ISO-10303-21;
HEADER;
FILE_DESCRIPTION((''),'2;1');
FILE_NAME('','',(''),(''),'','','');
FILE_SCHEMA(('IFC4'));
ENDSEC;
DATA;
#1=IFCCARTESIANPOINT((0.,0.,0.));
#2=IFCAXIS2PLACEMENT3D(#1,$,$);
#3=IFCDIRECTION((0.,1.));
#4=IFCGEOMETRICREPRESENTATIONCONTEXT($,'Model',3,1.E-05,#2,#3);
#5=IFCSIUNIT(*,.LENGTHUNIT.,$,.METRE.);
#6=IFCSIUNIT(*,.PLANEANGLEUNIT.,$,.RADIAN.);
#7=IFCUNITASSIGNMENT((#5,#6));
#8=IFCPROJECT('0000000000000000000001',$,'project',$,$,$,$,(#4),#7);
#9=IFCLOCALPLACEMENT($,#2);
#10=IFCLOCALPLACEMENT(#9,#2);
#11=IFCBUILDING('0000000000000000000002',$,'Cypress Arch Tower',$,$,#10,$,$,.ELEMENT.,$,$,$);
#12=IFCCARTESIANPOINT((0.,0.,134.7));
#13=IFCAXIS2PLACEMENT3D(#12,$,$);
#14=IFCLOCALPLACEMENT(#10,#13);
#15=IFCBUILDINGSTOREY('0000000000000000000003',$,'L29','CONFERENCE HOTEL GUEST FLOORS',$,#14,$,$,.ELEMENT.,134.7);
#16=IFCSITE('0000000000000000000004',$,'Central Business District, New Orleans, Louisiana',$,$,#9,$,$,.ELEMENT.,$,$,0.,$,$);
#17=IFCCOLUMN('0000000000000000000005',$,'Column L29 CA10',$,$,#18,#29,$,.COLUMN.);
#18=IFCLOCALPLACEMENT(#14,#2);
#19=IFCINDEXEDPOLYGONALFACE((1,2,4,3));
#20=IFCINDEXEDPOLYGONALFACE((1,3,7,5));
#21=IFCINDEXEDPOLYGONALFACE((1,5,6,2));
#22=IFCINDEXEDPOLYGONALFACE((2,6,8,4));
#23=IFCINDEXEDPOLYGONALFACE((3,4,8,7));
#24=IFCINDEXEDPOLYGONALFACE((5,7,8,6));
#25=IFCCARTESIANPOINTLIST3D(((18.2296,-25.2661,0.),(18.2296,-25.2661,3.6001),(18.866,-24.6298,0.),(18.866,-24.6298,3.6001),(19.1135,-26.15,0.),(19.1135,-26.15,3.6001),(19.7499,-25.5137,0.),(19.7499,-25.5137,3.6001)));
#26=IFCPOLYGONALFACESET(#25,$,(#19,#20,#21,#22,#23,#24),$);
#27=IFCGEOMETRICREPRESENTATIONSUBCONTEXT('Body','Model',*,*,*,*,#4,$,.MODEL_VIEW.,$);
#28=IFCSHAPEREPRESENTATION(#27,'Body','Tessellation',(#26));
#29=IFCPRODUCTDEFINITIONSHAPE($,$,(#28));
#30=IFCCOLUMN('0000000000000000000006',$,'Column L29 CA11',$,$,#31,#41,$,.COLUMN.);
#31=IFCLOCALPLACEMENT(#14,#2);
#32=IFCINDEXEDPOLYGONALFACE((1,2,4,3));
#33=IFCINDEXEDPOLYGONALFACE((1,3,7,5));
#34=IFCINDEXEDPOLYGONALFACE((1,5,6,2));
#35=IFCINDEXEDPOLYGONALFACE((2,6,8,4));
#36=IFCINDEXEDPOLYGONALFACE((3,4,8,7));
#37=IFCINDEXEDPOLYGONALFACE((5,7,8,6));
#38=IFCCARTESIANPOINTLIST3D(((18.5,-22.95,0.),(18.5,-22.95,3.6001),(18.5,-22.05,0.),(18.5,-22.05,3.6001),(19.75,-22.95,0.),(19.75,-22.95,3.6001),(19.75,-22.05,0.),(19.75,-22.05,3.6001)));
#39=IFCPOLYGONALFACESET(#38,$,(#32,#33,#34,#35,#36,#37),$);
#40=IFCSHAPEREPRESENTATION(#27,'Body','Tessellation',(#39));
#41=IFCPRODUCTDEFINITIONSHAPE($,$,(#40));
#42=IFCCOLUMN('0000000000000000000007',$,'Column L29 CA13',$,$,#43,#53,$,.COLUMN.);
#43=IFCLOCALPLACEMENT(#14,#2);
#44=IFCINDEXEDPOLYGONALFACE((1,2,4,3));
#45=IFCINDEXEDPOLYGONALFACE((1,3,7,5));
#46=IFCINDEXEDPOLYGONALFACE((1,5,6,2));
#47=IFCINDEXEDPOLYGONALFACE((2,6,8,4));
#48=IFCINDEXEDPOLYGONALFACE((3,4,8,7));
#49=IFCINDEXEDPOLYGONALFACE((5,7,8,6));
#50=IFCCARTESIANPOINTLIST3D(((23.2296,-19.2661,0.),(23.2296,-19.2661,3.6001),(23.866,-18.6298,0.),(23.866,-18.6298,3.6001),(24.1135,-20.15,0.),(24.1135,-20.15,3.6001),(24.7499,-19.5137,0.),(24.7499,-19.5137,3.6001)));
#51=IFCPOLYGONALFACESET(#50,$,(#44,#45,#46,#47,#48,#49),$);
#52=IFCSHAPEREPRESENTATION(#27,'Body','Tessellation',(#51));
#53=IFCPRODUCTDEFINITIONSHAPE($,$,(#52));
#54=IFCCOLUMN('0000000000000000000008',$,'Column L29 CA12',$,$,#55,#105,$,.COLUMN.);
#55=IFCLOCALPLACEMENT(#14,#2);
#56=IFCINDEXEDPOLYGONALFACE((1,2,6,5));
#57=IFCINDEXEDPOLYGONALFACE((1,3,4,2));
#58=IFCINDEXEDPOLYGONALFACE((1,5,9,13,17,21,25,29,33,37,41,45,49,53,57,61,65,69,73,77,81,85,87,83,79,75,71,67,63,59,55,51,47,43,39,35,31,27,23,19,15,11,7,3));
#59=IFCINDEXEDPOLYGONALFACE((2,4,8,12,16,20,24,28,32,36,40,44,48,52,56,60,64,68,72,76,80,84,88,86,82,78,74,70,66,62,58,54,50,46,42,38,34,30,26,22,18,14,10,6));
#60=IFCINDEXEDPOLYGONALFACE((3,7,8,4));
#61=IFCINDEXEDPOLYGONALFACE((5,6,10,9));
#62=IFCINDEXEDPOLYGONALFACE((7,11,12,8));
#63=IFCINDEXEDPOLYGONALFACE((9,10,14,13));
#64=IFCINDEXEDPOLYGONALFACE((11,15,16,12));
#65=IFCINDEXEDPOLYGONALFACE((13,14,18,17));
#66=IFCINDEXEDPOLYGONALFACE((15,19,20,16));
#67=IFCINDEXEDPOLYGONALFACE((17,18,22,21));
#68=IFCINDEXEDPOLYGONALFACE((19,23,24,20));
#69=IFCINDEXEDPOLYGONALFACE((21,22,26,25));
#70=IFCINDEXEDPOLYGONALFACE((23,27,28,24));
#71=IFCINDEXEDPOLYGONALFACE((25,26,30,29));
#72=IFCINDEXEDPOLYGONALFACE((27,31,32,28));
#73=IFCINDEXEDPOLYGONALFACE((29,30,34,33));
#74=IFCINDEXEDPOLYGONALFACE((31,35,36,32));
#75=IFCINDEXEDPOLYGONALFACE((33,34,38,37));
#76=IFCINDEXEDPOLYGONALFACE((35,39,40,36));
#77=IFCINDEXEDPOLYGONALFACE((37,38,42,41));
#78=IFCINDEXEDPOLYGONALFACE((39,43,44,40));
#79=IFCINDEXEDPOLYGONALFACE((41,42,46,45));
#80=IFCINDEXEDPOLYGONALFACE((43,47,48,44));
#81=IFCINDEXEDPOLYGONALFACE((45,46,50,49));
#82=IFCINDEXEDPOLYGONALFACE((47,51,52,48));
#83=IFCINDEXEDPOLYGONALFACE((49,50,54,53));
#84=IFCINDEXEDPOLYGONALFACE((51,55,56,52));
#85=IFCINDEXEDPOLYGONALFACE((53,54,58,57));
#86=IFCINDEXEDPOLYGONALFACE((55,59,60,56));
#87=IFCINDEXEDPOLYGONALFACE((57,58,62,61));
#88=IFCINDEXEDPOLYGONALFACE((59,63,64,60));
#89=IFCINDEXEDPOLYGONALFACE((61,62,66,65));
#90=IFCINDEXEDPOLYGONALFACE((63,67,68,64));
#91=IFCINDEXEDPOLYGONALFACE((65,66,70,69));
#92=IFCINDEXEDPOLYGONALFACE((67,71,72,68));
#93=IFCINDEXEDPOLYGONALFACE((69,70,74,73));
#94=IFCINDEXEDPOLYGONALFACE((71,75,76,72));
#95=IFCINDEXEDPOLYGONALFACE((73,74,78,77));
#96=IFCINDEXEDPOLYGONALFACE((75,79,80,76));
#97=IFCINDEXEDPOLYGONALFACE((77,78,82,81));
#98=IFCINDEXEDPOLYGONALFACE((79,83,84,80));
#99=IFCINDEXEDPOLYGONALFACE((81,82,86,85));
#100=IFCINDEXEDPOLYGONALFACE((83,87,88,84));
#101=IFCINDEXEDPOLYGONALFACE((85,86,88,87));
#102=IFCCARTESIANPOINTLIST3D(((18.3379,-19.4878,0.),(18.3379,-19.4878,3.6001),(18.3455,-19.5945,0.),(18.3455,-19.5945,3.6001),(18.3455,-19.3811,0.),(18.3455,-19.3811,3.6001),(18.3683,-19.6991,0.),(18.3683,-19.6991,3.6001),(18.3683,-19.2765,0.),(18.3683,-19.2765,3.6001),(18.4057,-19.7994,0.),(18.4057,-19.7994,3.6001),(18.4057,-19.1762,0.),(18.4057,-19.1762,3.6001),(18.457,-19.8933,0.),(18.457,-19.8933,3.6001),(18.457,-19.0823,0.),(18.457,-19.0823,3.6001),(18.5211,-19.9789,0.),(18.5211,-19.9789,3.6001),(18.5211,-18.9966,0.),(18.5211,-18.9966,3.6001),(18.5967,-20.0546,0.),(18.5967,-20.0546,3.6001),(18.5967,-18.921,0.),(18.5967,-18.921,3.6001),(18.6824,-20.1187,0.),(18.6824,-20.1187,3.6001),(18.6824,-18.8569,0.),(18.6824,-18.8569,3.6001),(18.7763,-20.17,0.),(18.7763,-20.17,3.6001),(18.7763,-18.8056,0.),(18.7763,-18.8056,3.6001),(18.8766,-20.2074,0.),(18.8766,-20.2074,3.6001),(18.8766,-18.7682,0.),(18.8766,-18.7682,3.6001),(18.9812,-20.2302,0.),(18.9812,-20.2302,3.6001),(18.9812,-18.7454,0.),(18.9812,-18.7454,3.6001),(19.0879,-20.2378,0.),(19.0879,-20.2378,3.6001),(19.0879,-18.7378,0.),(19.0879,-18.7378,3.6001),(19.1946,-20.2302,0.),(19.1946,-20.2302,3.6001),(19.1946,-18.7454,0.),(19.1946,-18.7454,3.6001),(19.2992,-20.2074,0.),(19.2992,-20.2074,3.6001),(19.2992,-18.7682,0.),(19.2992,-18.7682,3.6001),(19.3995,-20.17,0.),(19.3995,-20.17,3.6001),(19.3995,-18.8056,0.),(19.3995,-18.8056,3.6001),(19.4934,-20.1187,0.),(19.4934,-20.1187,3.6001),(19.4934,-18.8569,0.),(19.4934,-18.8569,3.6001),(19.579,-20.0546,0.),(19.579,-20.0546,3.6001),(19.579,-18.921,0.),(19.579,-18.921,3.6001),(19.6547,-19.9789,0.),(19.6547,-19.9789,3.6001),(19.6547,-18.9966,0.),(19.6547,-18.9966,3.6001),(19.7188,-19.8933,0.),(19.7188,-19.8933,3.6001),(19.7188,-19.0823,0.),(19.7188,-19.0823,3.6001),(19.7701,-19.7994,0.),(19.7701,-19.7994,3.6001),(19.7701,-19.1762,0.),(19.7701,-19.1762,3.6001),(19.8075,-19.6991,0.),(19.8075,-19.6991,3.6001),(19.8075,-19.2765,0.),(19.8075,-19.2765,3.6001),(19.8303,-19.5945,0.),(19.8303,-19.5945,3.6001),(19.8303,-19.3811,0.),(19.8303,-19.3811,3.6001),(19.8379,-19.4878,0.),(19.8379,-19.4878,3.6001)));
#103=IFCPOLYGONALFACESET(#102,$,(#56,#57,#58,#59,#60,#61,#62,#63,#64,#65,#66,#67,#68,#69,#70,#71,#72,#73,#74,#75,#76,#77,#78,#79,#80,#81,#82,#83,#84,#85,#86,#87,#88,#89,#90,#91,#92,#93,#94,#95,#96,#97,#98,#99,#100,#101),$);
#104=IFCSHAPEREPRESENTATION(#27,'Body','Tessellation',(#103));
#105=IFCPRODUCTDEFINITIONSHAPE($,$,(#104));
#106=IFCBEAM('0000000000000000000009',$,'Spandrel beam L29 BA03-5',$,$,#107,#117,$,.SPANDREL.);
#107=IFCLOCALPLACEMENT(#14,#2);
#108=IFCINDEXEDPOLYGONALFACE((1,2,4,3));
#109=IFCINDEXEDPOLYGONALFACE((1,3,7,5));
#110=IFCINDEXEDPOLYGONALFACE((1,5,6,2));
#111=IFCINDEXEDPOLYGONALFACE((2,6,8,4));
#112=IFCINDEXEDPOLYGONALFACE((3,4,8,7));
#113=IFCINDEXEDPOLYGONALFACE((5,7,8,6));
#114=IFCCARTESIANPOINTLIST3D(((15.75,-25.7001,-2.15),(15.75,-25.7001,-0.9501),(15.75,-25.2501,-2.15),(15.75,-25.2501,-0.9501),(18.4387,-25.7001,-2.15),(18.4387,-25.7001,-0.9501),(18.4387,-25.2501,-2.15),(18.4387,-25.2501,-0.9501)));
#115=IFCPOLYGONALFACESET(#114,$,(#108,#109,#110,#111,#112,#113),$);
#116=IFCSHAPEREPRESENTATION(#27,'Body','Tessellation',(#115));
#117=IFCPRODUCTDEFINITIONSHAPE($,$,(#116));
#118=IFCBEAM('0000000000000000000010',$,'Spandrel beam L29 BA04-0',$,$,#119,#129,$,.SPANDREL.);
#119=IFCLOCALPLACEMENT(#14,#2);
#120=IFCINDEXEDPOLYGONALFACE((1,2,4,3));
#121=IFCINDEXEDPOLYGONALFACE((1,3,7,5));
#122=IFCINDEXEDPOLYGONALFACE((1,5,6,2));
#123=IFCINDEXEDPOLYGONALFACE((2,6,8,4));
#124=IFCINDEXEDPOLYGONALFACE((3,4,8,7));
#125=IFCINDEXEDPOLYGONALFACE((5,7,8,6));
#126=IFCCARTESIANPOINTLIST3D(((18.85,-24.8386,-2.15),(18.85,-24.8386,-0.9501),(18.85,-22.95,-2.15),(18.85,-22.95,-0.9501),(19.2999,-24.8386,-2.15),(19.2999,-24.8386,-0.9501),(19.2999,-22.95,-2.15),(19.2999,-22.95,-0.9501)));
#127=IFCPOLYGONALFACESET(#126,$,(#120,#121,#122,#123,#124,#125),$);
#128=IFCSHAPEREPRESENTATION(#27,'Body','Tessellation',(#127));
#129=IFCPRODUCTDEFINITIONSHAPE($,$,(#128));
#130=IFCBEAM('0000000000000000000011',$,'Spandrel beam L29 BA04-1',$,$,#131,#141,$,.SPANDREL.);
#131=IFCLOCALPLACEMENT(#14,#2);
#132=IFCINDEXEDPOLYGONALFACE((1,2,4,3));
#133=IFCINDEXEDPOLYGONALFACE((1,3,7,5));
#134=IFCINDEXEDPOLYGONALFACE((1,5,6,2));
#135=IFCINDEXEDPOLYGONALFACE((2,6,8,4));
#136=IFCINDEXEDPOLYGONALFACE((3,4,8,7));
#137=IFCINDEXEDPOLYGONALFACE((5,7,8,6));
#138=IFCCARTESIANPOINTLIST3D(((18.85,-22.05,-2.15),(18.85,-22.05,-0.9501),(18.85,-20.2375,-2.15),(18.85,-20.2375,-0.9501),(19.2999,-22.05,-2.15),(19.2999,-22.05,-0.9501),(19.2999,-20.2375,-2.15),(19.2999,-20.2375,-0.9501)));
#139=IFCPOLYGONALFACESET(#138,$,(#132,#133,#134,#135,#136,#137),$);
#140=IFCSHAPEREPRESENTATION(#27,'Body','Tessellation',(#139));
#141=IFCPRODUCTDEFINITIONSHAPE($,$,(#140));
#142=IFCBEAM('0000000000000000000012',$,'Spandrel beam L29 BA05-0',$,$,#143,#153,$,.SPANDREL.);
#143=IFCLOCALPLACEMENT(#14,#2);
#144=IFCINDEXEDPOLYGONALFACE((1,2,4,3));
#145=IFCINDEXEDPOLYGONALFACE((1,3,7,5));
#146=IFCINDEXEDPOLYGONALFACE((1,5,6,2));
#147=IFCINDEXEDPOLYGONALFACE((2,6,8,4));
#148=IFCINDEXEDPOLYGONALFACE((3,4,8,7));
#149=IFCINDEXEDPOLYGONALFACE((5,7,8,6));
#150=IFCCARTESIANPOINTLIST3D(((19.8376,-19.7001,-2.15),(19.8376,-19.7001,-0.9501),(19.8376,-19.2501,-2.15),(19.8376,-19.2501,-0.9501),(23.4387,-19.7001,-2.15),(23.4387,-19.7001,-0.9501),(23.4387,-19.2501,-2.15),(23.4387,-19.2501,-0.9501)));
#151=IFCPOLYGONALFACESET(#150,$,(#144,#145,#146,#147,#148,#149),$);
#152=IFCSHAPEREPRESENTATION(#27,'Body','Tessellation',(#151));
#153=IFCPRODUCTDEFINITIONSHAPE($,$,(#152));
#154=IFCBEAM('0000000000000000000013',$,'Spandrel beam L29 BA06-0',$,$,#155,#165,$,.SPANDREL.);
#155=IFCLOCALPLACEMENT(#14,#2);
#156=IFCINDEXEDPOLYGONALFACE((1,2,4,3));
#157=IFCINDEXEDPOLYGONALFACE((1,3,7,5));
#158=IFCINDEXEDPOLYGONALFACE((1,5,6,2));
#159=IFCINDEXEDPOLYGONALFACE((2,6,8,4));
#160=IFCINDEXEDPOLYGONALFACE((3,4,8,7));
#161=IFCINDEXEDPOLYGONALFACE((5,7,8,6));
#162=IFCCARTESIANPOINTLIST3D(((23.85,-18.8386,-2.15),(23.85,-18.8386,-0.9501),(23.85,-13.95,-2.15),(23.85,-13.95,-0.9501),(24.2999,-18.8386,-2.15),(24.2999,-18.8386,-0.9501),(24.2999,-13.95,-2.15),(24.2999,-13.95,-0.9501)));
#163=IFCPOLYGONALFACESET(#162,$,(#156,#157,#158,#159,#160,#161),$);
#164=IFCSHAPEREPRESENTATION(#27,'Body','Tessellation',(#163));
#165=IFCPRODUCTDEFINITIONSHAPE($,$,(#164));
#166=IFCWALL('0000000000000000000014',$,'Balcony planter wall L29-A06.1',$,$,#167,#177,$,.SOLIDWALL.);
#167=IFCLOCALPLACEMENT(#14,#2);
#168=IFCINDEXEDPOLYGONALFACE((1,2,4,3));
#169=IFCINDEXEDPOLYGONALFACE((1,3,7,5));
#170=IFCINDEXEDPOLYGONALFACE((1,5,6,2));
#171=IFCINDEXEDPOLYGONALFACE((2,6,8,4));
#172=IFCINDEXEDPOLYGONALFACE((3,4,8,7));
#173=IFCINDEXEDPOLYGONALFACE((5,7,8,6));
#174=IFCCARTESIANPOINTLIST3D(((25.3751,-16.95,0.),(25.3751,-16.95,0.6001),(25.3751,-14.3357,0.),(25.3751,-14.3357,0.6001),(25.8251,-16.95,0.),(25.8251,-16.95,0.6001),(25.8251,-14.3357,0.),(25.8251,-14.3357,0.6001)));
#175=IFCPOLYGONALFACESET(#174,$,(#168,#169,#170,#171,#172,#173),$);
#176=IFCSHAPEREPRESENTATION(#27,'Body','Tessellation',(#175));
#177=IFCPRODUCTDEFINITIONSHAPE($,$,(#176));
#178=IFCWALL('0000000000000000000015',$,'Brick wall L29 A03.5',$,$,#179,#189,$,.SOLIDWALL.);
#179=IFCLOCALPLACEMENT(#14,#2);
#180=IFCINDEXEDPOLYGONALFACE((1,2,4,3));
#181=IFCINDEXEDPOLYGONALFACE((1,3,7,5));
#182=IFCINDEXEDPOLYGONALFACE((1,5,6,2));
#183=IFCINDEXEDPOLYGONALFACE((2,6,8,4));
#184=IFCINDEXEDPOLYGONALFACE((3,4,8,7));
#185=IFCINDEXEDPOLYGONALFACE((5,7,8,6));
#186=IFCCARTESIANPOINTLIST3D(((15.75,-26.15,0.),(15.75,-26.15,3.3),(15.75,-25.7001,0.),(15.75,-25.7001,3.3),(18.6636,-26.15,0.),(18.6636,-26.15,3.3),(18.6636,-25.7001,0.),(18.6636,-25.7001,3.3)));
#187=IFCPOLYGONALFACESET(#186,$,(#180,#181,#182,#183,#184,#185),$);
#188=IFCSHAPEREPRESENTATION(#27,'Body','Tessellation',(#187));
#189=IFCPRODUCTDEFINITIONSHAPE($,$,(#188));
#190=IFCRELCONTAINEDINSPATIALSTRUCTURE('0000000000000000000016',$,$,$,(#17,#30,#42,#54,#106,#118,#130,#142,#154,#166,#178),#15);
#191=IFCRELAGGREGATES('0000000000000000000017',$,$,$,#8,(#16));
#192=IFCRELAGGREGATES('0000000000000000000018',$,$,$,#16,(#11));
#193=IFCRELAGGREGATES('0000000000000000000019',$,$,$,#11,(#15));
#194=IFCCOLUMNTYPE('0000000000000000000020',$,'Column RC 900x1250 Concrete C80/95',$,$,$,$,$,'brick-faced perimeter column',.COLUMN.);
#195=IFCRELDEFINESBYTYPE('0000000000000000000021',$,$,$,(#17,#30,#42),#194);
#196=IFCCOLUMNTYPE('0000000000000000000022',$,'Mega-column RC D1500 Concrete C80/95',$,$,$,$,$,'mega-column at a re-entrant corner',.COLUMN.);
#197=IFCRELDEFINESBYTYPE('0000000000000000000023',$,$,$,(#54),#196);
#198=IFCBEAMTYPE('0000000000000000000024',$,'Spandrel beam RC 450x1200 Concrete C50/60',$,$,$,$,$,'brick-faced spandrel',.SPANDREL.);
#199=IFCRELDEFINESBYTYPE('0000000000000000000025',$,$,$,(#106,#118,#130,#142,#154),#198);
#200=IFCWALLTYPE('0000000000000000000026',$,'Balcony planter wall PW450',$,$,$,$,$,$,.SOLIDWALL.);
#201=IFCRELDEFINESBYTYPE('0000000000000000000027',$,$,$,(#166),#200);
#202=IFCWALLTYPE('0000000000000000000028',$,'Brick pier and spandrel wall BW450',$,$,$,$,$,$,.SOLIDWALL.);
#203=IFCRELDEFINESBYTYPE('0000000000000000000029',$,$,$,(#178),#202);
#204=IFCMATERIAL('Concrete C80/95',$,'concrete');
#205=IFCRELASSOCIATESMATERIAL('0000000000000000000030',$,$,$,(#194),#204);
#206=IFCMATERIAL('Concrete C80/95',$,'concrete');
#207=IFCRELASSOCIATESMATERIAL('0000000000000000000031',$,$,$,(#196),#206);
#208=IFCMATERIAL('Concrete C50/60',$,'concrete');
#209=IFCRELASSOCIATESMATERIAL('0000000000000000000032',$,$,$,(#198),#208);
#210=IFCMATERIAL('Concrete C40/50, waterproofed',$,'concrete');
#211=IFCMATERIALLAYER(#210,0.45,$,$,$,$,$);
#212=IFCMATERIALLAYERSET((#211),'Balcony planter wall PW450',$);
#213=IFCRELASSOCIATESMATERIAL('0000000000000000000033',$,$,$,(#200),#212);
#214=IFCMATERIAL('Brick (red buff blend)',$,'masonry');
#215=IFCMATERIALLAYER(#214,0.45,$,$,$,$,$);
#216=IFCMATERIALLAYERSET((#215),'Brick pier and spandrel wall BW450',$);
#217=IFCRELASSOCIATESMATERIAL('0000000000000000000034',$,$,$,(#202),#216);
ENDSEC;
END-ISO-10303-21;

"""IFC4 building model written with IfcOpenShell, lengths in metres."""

from ifc_helpers import new_model, si_unit, direction, frame, frame_2d, origin, origin_2d, place, context, subcontext, project, spatial, rectangle, circle, extrude, material, layer, layer_set, material_profile, profile_set, type_object, element, save


model = new_model("IFC4")

# Units and contexts
model_context = context("Model", 3, precision=1e-05, world=origin(), true_north=direction((0.0, 1.0)))
body_context = subcontext(model_context, "Body", "Model", "MODEL_VIEW")
ifc_project = project(units=[si_unit("LENGTHUNIT", "METRE"), si_unit("PLANEANGLEUNIT", "RADIAN")], contexts=[model_context])

# Site, building, storey
site_placement = place(None, origin())
site = spatial("IfcSite", under=ifc_project, at=site_placement, Name="Central Business District, New Orleans, Louisiana", CompositionType="ELEMENT", RefElevation=0.0)
building_placement = place(site_placement, origin())
building = spatial("IfcBuilding", under=site, at=building_placement, Name="Cypress Arch Tower", CompositionType="ELEMENT")
storey_placement = place(building_placement, frame((0.0, 0.0, 134.7)))
storey = spatial("IfcBuildingStorey", under=building, at=storey_placement, Name="L29", Description="CONFERENCE HOTEL GUEST FLOORS", CompositionType="ELEMENT", Elevation=134.7)

# Columns
ifc_material_1 = material(Name="Concrete C80/95", Category="concrete")
ifc_material_profile_1 = material_profile(ifc_material_1, rectangle(XDim=0.8999, YDim=1.25, at=origin_2d()), Name="RC 900x1250")
ifc_profile_set_1 = profile_set([ifc_material_profile_1], Name="Concrete C80/95")
column_type_1 = type_object("IfcColumnType", Name="Column RC 900x1250 Concrete C80/95", ElementType="brick-faced perimeter column", PredefinedType="COLUMN", material=ifc_profile_set_1)
for number, where, z_axis, x_axis, name in (
    (1, (18.9897, -25.3899, 0.0), (0.0, 0.0, 1.0), (0.707107, 0.707107, 0.0), "Column L29 CA10"),
    (2, (19.125, -22.5, 0.0), (0.0, 0.0, 1.0), (0.0, 1.0, 0.0), "Column L29 CA11"),
    (3, (23.9897, -19.3899, 0.0), (0.0, 0.0, 1.0), (0.707107, 0.707107, 0.0), "Column L29 CA13"),
):
    element("IfcColumn", number, at=place(storey_placement, frame(where, z_axis=z_axis, x_axis=x_axis)), inside=storey, type_object=column_type_1, Name=name, PredefinedType="COLUMN", context=body_context, shape_type="SweptSolid", body=[
        extrude(rectangle(XDim=0.8999, YDim=1.25, at=origin_2d()), origin(), (0.0, 0.0, 1.0), 3.6001),
    ])
ifc_material_2 = material(Name="Concrete C80/95", Category="concrete")
ifc_material_profile_2 = material_profile(ifc_material_2, circle(Radius=0.75, at=origin_2d()), Name="RC D1500")
ifc_profile_set_2 = profile_set([ifc_material_profile_2], Name="Concrete C80/95")
column_type_2 = type_object("IfcColumnType", Name="Mega-column RC D1500 Concrete C80/95", ElementType="mega-column at a re-entrant corner", PredefinedType="COLUMN", material=ifc_profile_set_2)
column_placement = place(storey_placement, frame((19.0879, -19.4878, 0.0), z_axis=(0.0, 0.0, 1.0), x_axis=(1.0, 0.0, 0.0)))
element("IfcColumn", 4, at=column_placement, inside=storey, type_object=column_type_2, Name="Column L29 CA12", PredefinedType="COLUMN", context=body_context, shape_type="SweptSolid", body=[
    extrude(circle(Radius=0.75, at=origin_2d()), origin(), (0.0, 0.0, 1.0), 3.6001),
])

# Beams
ifc_material_3 = material(Name="Concrete C50/60", Category="concrete")
ifc_material_profile_3 = material_profile(ifc_material_3, rectangle(XDim=0.45, YDim=1.2, at=origin_2d()), Name="RC 450x1200")
ifc_profile_set_3 = profile_set([ifc_material_profile_3], Name="Concrete C50/60")
beam_type = type_object("IfcBeamType", Name="Spandrel beam RC 450x1200 Concrete C50/60", ElementType="brick-faced spandrel", PredefinedType="SPANDREL", material=ifc_profile_set_3)
beam_1_placement = place(storey_placement, frame((15.75, -25.4751, -1.55), z_axis=(1.0, 0.0, 0.0), x_axis=(0.0, 1.0, 0.0)))
element("IfcBeam", 5, at=beam_1_placement, inside=storey, type_object=beam_type, Name="Spandrel beam L29 BA03-5", PredefinedType="SPANDREL", context=body_context, shape_type="SweptSolid", body=[
    extrude(rectangle(XDim=0.45, YDim=1.2, at=origin_2d()), origin(), (0.0, 0.0, 1.0), 2.6887),
])
beam_2_placement = place(storey_placement, frame((19.075, -24.8386, -1.55), z_axis=(0.0, 1.0, 0.0), x_axis=(-1.0, 0.0, 0.0)))
element("IfcBeam", 6, at=beam_2_placement, inside=storey, type_object=beam_type, Name="Spandrel beam L29 BA04-0", PredefinedType="SPANDREL", context=body_context, shape_type="SweptSolid", body=[
    extrude(rectangle(XDim=0.45, YDim=1.2, at=origin_2d()), origin(), (0.0, 0.0, 1.0), 1.8887),
])
beam_3_placement = place(storey_placement, frame((19.075, -22.05, -1.55), z_axis=(0.0, 1.0, 0.0), x_axis=(-1.0, 0.0, 0.0)))
element("IfcBeam", 7, at=beam_3_placement, inside=storey, type_object=beam_type, Name="Spandrel beam L29 BA04-1", PredefinedType="SPANDREL", context=body_context, shape_type="SweptSolid", body=[
    extrude(rectangle(XDim=0.45, YDim=1.2, at=origin_2d()), origin(), (0.0, 0.0, 1.0), 1.8125),
])
beam_4_placement = place(storey_placement, frame((19.8376, -19.4751, -1.55), z_axis=(1.0, 0.0, 0.0), x_axis=(0.0, 1.0, 0.0)))
element("IfcBeam", 8, at=beam_4_placement, inside=storey, type_object=beam_type, Name="Spandrel beam L29 BA05-0", PredefinedType="SPANDREL", context=body_context, shape_type="SweptSolid", body=[
    extrude(rectangle(XDim=0.45, YDim=1.2, at=origin_2d()), origin(), (0.0, 0.0, 1.0), 3.6011),
])
beam_5_placement = place(storey_placement, frame((24.075, -18.8386, -1.55), z_axis=(0.0, 1.0, 0.0), x_axis=(-1.0, 0.0, 0.0)))
element("IfcBeam", 9, at=beam_5_placement, inside=storey, type_object=beam_type, Name="Spandrel beam L29 BA06-0", PredefinedType="SPANDREL", context=body_context, shape_type="SweptSolid", body=[
    extrude(rectangle(XDim=0.45, YDim=1.2, at=origin_2d()), origin(), (0.0, 0.0, 1.0), 4.8887),
])

# Walls
ifc_material_4 = material(Name="Concrete C40/50, waterproofed", Category="concrete")
ifc_layer_1 = layer(ifc_material_4, 0.45)
ifc_layer_set_1 = layer_set([ifc_layer_1], Name="Balcony planter wall PW450")
wall_type_1 = type_object("IfcWallType", Name="Balcony planter wall PW450", PredefinedType="SOLIDWALL", material=ifc_layer_set_1)
wall_1_placement = place(storey_placement, frame((25.6001, -16.95, 0.0), z_axis=(0.0, 0.0, 1.0), x_axis=(0.0, 1.0, 0.0)))
element("IfcWall", 10, at=wall_1_placement, inside=storey, type_object=wall_type_1, Name="Balcony planter wall L29-A06.1", PredefinedType="SOLIDWALL", context=body_context, shape_type="SweptSolid", body=[
    extrude(rectangle(XDim=2.6143, YDim=0.45, at=frame_2d((1.3071, 0.0))), origin(), (0.0, 0.0, 1.0), 0.6001),
])
ifc_material_5 = material(Name="Brick (red buff blend)", Category="masonry")
ifc_layer_2 = layer(ifc_material_5, 0.45)
ifc_layer_set_2 = layer_set([ifc_layer_2], Name="Brick pier and spandrel wall BW450")
wall_type_2 = type_object("IfcWallType", Name="Brick pier and spandrel wall BW450", PredefinedType="SOLIDWALL", material=ifc_layer_set_2)
wall_2_placement = place(storey_placement, frame((15.75, -25.925, 0.0), z_axis=(0.0, 0.0, 1.0), x_axis=(1.0, 0.0, 0.0)))
element("IfcWall", 11, at=wall_2_placement, inside=storey, type_object=wall_type_2, Name="Brick wall L29 A03.5", PredefinedType="SOLIDWALL", context=body_context, shape_type="SweptSolid", body=[
    extrude(rectangle(XDim=2.9136, YDim=0.45, at=frame_2d((1.4568, 0.0))), origin(), (0.0, 0.0, 1.0), 3.3),
])

save(model, "model.ifc")
